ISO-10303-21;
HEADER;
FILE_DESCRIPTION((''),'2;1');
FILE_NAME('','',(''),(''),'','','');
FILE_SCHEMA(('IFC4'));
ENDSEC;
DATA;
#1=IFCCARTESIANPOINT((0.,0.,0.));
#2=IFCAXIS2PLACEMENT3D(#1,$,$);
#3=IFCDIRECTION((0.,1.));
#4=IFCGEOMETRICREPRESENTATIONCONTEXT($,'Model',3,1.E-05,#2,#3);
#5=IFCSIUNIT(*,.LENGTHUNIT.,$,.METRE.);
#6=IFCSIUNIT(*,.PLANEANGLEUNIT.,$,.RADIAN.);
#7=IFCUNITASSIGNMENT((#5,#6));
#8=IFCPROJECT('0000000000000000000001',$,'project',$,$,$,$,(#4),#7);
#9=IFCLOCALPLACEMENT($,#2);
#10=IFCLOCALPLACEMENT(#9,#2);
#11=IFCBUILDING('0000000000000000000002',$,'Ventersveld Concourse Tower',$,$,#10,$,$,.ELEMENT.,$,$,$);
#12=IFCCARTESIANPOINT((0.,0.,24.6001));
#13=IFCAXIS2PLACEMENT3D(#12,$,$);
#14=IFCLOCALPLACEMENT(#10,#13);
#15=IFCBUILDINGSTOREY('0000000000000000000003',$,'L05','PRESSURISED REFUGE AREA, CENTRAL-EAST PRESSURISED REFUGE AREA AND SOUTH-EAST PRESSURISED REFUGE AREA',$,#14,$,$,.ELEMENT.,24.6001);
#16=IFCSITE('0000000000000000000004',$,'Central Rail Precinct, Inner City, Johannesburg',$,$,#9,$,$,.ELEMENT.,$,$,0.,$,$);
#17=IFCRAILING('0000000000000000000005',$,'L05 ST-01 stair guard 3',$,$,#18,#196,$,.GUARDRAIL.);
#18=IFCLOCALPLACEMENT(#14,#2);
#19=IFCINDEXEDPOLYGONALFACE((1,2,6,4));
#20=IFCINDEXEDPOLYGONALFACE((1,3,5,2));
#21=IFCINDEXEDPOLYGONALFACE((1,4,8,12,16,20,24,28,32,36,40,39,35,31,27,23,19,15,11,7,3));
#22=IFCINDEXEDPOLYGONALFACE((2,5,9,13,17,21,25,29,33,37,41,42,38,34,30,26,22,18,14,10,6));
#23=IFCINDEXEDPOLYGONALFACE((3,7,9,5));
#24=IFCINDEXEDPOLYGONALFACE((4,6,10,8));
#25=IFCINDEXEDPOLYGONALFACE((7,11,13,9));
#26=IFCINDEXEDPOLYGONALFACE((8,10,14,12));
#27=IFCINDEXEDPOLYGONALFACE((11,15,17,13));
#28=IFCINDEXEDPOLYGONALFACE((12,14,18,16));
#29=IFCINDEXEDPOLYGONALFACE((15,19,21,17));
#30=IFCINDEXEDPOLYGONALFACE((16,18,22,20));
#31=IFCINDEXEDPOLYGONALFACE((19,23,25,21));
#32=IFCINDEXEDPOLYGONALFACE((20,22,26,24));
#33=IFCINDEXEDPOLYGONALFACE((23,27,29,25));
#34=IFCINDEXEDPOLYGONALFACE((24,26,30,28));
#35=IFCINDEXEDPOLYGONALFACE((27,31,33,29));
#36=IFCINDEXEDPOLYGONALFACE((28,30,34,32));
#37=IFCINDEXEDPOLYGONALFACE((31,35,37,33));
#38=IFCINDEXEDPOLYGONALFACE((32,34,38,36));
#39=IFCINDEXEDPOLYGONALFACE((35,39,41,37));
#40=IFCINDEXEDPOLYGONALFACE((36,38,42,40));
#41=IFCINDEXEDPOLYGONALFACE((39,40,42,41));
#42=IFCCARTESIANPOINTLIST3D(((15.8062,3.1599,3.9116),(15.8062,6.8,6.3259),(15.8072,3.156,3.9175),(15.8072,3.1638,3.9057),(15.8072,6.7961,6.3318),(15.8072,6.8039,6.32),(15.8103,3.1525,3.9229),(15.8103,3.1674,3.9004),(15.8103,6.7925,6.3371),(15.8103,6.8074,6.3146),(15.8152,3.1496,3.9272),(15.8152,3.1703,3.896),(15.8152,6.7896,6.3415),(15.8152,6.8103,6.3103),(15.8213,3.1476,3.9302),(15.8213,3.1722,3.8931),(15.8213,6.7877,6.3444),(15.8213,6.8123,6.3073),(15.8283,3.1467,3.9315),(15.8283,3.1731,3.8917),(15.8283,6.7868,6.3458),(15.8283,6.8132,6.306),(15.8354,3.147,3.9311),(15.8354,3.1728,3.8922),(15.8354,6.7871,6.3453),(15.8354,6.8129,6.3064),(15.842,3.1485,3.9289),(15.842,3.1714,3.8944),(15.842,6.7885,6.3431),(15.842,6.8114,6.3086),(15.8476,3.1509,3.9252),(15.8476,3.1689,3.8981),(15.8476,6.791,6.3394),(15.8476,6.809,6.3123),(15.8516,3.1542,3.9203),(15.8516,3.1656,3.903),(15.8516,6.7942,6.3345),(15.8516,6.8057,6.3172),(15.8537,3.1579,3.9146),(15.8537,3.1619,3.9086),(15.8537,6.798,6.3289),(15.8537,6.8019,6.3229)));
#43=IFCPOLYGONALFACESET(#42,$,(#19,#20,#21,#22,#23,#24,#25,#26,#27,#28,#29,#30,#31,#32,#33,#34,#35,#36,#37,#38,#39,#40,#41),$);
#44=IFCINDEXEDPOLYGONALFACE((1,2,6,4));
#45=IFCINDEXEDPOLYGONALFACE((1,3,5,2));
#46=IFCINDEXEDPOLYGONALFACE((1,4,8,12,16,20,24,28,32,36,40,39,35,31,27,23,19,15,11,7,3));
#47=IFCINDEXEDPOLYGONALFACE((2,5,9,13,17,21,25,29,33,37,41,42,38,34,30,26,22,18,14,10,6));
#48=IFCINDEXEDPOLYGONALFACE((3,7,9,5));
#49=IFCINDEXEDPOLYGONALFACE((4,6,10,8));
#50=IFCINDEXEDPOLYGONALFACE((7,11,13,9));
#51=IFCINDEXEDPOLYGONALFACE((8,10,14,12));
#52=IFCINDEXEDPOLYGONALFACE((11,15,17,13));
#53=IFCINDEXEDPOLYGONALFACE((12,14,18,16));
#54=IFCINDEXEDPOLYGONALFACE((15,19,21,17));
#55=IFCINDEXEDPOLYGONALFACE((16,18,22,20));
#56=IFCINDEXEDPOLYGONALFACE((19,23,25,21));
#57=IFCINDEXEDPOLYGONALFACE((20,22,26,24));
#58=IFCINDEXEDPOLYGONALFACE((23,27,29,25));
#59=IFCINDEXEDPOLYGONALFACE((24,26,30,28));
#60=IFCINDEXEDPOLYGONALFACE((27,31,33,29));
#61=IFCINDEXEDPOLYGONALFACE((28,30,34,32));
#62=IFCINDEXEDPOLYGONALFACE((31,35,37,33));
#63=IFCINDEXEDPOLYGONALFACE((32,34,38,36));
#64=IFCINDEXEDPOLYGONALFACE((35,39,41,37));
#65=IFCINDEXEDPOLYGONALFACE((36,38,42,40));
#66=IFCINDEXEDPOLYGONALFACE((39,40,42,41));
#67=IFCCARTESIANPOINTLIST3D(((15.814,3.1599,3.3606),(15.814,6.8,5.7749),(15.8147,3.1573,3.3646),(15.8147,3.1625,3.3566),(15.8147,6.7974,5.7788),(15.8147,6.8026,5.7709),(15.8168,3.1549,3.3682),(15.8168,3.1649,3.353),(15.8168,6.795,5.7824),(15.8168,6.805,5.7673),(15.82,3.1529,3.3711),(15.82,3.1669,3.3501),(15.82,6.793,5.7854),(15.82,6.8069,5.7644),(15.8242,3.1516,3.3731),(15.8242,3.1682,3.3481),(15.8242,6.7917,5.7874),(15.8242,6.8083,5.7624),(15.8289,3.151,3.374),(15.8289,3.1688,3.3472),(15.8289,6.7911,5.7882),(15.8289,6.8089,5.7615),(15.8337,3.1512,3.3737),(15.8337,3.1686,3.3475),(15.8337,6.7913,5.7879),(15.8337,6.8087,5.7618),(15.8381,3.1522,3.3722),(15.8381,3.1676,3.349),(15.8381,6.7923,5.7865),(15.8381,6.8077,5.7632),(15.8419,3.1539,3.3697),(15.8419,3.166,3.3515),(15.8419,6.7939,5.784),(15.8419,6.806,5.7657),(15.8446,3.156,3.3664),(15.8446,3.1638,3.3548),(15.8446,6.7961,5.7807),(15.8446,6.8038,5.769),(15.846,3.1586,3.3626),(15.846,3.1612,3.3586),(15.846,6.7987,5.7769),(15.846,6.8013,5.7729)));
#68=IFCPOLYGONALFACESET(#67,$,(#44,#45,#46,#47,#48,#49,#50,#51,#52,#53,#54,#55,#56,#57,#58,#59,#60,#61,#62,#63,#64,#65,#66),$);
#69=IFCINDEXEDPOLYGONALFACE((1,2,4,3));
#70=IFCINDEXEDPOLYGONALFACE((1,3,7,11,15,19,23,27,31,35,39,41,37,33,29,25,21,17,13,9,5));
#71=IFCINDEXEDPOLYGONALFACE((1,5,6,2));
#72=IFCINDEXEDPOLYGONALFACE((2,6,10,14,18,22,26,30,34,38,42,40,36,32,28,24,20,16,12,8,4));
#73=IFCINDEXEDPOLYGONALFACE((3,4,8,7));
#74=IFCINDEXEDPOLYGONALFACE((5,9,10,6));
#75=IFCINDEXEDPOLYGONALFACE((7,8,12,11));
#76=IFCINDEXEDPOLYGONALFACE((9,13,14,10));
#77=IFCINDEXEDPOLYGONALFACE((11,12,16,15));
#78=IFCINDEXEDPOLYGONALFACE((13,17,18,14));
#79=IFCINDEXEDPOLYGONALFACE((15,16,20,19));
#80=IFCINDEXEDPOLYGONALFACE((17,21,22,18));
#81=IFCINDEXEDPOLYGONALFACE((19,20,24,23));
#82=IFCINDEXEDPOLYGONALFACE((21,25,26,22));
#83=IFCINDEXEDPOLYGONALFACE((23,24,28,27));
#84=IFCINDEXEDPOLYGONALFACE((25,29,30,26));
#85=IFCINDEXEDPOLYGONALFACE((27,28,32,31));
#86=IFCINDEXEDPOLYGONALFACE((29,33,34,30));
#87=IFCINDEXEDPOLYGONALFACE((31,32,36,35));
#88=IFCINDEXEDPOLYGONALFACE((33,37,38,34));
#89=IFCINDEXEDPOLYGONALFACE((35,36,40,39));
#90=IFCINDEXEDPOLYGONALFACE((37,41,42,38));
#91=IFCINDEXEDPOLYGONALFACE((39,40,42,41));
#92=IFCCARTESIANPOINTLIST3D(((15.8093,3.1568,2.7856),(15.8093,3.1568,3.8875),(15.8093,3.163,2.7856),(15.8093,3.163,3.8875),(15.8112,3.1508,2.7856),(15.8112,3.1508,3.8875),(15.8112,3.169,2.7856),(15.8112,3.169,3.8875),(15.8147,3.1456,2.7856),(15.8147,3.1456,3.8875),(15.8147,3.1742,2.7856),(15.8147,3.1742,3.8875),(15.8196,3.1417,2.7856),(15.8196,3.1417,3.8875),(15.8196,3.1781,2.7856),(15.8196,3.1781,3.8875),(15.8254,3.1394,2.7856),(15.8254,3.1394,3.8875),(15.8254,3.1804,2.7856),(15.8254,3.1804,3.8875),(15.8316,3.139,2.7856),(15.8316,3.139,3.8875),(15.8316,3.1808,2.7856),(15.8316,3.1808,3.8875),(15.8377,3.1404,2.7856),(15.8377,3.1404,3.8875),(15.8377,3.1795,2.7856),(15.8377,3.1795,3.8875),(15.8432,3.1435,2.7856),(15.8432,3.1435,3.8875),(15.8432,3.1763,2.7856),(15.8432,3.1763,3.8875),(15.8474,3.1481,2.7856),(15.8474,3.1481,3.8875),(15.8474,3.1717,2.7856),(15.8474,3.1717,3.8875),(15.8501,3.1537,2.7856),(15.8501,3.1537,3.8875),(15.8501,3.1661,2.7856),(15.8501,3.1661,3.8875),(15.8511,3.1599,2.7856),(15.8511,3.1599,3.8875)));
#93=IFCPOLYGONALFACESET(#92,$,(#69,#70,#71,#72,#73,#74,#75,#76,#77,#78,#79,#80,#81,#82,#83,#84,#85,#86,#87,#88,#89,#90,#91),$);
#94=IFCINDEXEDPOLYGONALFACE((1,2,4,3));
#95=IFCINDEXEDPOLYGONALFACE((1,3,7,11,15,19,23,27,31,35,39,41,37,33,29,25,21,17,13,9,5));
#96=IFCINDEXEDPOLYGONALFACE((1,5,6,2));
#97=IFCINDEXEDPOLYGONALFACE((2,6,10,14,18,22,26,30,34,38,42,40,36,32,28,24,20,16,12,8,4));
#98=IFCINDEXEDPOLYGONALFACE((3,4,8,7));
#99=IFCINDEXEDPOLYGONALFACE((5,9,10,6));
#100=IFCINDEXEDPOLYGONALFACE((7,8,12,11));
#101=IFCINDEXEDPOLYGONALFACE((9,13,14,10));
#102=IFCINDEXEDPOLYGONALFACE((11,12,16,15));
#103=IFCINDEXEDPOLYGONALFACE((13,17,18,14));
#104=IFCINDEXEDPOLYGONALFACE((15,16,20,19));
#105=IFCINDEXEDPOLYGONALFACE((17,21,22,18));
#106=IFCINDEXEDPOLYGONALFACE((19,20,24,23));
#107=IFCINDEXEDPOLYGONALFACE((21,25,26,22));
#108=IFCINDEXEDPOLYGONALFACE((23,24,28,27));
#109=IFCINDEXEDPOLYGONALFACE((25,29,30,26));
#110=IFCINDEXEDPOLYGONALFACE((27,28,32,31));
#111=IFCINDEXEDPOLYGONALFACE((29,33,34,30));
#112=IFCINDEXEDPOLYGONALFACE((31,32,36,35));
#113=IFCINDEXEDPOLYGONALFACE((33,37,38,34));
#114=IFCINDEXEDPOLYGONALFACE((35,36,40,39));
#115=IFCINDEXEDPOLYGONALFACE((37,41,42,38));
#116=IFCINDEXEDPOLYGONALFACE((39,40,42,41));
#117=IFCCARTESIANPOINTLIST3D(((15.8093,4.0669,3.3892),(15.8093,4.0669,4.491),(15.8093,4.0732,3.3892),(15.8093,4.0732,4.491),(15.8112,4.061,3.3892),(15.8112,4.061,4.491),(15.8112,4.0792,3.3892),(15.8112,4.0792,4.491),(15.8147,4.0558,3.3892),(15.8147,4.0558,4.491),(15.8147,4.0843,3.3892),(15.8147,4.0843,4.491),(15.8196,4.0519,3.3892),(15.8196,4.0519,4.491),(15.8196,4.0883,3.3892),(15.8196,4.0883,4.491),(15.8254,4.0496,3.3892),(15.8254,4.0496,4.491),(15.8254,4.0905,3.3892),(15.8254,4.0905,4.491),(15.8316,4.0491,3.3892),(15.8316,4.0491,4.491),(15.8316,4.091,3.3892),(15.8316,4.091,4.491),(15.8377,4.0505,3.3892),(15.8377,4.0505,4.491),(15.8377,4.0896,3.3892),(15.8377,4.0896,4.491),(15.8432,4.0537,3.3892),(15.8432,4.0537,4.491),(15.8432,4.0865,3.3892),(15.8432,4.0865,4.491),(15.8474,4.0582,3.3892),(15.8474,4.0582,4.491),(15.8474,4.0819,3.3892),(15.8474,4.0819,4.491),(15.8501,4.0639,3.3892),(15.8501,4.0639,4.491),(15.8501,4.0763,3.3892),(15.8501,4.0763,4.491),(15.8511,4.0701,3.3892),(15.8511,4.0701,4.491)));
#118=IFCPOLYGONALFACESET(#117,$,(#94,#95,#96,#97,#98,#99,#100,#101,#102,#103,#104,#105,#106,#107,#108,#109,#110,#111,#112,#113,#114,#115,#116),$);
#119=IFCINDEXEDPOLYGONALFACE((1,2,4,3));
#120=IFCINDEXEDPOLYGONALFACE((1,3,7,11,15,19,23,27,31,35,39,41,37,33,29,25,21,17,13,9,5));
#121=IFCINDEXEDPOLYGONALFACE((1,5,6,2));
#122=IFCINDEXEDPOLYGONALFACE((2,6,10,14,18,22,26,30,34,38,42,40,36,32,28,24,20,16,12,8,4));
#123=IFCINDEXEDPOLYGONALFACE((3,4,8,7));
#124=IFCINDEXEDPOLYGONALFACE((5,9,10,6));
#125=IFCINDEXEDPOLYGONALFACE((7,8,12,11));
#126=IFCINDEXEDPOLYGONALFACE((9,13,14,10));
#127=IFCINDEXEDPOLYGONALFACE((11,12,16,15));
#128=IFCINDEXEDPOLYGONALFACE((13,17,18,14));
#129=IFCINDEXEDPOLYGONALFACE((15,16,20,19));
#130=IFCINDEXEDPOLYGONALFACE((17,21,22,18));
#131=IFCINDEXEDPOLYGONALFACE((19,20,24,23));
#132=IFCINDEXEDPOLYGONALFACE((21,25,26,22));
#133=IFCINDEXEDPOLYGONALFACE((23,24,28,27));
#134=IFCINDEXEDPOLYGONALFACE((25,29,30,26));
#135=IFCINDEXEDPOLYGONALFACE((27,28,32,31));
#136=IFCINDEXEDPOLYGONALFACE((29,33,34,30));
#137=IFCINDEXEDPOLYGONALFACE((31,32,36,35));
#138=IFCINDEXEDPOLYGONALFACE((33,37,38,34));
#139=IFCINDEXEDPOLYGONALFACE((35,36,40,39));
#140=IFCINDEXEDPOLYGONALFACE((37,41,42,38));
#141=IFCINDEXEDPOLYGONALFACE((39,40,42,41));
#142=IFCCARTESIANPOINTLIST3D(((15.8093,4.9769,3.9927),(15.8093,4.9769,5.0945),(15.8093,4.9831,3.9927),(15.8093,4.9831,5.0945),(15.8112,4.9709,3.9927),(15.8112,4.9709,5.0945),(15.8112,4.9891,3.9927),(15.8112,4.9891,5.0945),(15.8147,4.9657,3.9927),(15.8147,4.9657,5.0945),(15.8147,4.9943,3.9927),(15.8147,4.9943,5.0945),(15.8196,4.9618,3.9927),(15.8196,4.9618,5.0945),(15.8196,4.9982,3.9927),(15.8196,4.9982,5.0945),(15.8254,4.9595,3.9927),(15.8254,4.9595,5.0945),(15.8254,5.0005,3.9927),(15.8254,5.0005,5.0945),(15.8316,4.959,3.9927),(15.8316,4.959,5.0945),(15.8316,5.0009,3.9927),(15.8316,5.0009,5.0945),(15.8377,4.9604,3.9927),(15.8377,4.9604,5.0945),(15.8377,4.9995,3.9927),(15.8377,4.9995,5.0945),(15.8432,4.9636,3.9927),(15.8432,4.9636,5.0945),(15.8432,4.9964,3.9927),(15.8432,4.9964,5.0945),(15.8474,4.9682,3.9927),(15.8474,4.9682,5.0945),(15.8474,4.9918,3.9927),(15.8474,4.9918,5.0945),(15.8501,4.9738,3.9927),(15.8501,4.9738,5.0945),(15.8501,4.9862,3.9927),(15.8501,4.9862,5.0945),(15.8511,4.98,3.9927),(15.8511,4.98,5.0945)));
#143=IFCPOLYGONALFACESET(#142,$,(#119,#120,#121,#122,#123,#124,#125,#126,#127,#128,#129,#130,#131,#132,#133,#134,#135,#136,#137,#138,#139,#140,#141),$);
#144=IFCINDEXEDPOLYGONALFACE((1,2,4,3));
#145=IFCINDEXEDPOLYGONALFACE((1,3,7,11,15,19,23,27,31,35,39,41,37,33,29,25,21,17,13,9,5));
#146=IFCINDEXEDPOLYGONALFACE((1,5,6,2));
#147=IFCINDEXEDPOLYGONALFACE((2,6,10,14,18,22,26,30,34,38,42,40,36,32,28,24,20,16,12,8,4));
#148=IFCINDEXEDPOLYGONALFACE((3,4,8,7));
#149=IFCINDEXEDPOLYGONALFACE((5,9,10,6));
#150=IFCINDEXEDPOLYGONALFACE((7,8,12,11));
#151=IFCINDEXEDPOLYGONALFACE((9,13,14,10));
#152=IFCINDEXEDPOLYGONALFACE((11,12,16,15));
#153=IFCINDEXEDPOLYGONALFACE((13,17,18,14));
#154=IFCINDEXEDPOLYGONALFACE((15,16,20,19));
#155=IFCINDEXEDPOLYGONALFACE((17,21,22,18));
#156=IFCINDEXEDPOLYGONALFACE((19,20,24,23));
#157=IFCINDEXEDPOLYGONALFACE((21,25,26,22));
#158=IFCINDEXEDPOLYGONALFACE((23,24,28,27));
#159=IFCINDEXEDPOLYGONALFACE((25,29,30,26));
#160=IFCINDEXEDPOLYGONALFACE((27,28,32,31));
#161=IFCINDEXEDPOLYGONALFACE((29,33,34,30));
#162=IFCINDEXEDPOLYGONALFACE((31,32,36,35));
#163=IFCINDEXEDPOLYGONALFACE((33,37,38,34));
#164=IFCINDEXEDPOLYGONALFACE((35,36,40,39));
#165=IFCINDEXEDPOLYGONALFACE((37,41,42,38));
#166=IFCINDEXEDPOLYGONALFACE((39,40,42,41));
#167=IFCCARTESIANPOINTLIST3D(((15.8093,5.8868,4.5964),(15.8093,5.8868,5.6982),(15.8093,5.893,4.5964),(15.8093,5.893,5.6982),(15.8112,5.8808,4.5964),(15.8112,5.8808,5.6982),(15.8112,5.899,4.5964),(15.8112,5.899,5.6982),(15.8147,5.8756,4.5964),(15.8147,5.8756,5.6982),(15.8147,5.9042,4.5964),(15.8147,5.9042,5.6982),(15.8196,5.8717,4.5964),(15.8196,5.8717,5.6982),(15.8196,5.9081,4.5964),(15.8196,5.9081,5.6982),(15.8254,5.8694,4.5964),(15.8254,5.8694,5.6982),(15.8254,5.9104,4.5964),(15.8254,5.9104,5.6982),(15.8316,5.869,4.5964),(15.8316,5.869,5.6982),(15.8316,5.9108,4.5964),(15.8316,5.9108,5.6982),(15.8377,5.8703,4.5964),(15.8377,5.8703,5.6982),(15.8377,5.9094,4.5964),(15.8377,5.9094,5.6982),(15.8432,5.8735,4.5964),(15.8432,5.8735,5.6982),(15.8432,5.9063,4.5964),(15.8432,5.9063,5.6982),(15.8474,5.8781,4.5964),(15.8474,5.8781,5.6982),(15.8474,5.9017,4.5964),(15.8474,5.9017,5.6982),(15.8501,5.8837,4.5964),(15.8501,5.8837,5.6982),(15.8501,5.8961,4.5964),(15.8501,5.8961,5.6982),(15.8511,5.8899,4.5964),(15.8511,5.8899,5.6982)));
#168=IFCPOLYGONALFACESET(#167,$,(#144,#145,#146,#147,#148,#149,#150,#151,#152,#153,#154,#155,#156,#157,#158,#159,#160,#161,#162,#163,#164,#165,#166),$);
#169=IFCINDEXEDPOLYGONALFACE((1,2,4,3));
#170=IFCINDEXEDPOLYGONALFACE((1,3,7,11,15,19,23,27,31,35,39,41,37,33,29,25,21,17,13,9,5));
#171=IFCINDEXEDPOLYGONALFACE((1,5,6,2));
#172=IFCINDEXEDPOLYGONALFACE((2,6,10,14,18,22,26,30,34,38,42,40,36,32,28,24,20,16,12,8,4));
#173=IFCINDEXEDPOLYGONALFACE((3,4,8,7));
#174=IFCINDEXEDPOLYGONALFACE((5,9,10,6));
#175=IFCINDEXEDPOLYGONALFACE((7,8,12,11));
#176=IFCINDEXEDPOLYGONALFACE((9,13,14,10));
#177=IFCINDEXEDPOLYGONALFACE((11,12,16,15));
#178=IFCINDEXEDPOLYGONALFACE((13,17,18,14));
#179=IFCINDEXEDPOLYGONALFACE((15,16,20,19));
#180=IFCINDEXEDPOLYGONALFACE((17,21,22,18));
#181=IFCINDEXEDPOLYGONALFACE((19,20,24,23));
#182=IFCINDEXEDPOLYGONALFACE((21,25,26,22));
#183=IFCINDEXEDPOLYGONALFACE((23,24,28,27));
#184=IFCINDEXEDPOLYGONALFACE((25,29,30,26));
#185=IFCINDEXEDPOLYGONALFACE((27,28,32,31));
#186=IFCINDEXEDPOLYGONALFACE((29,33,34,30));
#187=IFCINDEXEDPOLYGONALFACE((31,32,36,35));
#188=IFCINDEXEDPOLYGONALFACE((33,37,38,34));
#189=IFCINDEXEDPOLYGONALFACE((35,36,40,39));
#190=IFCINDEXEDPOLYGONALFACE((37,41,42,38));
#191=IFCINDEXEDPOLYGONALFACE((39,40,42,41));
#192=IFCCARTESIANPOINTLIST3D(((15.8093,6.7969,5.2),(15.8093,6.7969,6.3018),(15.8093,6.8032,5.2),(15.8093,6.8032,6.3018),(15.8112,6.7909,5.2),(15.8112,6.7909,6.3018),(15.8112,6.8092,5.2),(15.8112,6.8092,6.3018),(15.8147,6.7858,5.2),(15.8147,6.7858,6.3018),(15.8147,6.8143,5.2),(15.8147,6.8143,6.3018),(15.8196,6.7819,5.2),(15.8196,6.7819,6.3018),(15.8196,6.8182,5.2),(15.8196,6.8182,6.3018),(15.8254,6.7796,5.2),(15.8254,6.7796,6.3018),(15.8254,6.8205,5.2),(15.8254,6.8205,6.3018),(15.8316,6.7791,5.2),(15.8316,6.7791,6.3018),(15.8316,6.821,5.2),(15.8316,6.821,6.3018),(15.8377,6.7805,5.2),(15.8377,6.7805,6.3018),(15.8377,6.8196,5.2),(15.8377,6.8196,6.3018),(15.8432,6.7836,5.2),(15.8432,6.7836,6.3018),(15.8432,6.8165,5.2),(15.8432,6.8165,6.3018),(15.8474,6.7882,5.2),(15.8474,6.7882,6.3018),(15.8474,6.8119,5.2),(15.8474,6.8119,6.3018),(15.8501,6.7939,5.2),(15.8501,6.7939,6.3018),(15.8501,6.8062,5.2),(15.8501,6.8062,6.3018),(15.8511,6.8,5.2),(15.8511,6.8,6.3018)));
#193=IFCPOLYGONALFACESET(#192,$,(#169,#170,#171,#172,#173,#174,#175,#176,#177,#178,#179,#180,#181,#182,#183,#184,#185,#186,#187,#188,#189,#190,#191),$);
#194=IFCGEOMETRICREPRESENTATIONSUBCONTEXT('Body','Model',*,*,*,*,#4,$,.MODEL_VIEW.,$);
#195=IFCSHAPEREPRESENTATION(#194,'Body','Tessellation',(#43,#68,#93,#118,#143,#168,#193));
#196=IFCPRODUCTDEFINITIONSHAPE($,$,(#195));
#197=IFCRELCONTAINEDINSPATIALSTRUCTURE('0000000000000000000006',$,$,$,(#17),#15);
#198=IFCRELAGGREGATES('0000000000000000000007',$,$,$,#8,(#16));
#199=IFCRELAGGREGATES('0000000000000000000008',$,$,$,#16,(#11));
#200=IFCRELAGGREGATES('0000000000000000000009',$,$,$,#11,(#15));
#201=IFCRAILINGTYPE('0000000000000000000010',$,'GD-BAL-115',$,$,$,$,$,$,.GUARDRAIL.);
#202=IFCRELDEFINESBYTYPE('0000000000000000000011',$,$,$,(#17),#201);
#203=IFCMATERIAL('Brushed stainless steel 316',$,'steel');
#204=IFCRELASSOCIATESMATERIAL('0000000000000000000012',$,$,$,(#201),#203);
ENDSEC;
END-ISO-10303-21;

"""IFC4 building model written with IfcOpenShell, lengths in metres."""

from ifc_helpers import new_model, si_unit, direction, frame, origin, origin_2d, place, context, subcontext, project, spatial, circle, extrude, material, type_object, element, save


model = new_model("IFC4")

# Units and contexts
model_context = context("Model", 3, precision=1e-05, world=origin(), true_north=direction((0.0, 1.0)))
body_context = subcontext(model_context, "Body", "Model", "MODEL_VIEW")
ifc_project = project(units=[si_unit("LENGTHUNIT", "METRE"), si_unit("PLANEANGLEUNIT", "RADIAN")], contexts=[model_context])

# Site, building, storey
site_placement = place(None, origin())
site = spatial("IfcSite", under=ifc_project, at=site_placement, Name="Central Rail Precinct, Inner City, Johannesburg", CompositionType="ELEMENT", RefElevation=0.0)
building_placement = place(site_placement, origin())
building = spatial("IfcBuilding", under=site, at=building_placement, Name="Ventersveld Concourse Tower", CompositionType="ELEMENT")
storey_placement = place(building_placement, frame((0.0, 0.0, 24.6001)))
storey = spatial("IfcBuildingStorey", under=building, at=storey_placement, Name="L05", Description="PRESSURISED REFUGE AREA, CENTRAL-EAST PRESSURISED REFUGE AREA AND SOUTH-EAST PRESSURISED REFUGE AREA", CompositionType="ELEMENT", Elevation=24.6001)

# Shared definitions
ifc_material_1 = material(Name="Brushed stainless steel 316", Category="steel")

# Railing
railing_type_1 = type_object("IfcRailingType", Name="GD-BAL-115", PredefinedType="GUARDRAIL", material=ifc_material_1)
railing_1_placement = place(storey_placement, frame((15.8301, 3.1599, 2.7856)))
element("IfcRailing", 1, at=railing_1_placement, inside=storey, type_object=railing_type_1, Name="L05 ST-01 stair guard 3", PredefinedType="GUARDRAIL", context=body_context, shape_type="SweptSolid", body=[
    extrude(circle(Radius=0.0239, at=origin_2d()), frame((0.0, 0.0, 1.126), z_axis=(0.0, 0.833364, 0.552725), x_axis=(-1.0, 0.0, 0.0)), (0.0, 0.0, 1.0), 4.3679),
    extrude(circle(Radius=0.0161, at=origin_2d()), frame((0.0, 0.0, 0.575), z_axis=(0.0, 0.833364, 0.552725), x_axis=(-1.0, 0.0, 0.0)), (0.0, 0.0, 1.0), 4.3679),
    extrude(circle(Radius=0.021, at=origin_2d()), origin(), (0.0, 0.0, 1.0), 1.1018),
    extrude(circle(Radius=0.021, at=origin_2d()), frame((0.0, 0.9102, 0.6035)), (0.0, 0.0, 1.0), 1.1018),
    extrude(circle(Radius=0.021, at=origin_2d()), frame((0.0, 1.8201, 1.207)), (0.0, 0.0, 1.0), 1.1018),
    extrude(circle(Radius=0.021, at=origin_2d()), frame((0.0, 2.73, 1.8108)), (0.0, 0.0, 1.0), 1.1018),
    extrude(circle(Radius=0.021, at=origin_2d()), frame((0.0, 3.6401, 2.4143)), (0.0, 0.0, 1.0), 1.1018),
])

save(model, "model.ifc")
